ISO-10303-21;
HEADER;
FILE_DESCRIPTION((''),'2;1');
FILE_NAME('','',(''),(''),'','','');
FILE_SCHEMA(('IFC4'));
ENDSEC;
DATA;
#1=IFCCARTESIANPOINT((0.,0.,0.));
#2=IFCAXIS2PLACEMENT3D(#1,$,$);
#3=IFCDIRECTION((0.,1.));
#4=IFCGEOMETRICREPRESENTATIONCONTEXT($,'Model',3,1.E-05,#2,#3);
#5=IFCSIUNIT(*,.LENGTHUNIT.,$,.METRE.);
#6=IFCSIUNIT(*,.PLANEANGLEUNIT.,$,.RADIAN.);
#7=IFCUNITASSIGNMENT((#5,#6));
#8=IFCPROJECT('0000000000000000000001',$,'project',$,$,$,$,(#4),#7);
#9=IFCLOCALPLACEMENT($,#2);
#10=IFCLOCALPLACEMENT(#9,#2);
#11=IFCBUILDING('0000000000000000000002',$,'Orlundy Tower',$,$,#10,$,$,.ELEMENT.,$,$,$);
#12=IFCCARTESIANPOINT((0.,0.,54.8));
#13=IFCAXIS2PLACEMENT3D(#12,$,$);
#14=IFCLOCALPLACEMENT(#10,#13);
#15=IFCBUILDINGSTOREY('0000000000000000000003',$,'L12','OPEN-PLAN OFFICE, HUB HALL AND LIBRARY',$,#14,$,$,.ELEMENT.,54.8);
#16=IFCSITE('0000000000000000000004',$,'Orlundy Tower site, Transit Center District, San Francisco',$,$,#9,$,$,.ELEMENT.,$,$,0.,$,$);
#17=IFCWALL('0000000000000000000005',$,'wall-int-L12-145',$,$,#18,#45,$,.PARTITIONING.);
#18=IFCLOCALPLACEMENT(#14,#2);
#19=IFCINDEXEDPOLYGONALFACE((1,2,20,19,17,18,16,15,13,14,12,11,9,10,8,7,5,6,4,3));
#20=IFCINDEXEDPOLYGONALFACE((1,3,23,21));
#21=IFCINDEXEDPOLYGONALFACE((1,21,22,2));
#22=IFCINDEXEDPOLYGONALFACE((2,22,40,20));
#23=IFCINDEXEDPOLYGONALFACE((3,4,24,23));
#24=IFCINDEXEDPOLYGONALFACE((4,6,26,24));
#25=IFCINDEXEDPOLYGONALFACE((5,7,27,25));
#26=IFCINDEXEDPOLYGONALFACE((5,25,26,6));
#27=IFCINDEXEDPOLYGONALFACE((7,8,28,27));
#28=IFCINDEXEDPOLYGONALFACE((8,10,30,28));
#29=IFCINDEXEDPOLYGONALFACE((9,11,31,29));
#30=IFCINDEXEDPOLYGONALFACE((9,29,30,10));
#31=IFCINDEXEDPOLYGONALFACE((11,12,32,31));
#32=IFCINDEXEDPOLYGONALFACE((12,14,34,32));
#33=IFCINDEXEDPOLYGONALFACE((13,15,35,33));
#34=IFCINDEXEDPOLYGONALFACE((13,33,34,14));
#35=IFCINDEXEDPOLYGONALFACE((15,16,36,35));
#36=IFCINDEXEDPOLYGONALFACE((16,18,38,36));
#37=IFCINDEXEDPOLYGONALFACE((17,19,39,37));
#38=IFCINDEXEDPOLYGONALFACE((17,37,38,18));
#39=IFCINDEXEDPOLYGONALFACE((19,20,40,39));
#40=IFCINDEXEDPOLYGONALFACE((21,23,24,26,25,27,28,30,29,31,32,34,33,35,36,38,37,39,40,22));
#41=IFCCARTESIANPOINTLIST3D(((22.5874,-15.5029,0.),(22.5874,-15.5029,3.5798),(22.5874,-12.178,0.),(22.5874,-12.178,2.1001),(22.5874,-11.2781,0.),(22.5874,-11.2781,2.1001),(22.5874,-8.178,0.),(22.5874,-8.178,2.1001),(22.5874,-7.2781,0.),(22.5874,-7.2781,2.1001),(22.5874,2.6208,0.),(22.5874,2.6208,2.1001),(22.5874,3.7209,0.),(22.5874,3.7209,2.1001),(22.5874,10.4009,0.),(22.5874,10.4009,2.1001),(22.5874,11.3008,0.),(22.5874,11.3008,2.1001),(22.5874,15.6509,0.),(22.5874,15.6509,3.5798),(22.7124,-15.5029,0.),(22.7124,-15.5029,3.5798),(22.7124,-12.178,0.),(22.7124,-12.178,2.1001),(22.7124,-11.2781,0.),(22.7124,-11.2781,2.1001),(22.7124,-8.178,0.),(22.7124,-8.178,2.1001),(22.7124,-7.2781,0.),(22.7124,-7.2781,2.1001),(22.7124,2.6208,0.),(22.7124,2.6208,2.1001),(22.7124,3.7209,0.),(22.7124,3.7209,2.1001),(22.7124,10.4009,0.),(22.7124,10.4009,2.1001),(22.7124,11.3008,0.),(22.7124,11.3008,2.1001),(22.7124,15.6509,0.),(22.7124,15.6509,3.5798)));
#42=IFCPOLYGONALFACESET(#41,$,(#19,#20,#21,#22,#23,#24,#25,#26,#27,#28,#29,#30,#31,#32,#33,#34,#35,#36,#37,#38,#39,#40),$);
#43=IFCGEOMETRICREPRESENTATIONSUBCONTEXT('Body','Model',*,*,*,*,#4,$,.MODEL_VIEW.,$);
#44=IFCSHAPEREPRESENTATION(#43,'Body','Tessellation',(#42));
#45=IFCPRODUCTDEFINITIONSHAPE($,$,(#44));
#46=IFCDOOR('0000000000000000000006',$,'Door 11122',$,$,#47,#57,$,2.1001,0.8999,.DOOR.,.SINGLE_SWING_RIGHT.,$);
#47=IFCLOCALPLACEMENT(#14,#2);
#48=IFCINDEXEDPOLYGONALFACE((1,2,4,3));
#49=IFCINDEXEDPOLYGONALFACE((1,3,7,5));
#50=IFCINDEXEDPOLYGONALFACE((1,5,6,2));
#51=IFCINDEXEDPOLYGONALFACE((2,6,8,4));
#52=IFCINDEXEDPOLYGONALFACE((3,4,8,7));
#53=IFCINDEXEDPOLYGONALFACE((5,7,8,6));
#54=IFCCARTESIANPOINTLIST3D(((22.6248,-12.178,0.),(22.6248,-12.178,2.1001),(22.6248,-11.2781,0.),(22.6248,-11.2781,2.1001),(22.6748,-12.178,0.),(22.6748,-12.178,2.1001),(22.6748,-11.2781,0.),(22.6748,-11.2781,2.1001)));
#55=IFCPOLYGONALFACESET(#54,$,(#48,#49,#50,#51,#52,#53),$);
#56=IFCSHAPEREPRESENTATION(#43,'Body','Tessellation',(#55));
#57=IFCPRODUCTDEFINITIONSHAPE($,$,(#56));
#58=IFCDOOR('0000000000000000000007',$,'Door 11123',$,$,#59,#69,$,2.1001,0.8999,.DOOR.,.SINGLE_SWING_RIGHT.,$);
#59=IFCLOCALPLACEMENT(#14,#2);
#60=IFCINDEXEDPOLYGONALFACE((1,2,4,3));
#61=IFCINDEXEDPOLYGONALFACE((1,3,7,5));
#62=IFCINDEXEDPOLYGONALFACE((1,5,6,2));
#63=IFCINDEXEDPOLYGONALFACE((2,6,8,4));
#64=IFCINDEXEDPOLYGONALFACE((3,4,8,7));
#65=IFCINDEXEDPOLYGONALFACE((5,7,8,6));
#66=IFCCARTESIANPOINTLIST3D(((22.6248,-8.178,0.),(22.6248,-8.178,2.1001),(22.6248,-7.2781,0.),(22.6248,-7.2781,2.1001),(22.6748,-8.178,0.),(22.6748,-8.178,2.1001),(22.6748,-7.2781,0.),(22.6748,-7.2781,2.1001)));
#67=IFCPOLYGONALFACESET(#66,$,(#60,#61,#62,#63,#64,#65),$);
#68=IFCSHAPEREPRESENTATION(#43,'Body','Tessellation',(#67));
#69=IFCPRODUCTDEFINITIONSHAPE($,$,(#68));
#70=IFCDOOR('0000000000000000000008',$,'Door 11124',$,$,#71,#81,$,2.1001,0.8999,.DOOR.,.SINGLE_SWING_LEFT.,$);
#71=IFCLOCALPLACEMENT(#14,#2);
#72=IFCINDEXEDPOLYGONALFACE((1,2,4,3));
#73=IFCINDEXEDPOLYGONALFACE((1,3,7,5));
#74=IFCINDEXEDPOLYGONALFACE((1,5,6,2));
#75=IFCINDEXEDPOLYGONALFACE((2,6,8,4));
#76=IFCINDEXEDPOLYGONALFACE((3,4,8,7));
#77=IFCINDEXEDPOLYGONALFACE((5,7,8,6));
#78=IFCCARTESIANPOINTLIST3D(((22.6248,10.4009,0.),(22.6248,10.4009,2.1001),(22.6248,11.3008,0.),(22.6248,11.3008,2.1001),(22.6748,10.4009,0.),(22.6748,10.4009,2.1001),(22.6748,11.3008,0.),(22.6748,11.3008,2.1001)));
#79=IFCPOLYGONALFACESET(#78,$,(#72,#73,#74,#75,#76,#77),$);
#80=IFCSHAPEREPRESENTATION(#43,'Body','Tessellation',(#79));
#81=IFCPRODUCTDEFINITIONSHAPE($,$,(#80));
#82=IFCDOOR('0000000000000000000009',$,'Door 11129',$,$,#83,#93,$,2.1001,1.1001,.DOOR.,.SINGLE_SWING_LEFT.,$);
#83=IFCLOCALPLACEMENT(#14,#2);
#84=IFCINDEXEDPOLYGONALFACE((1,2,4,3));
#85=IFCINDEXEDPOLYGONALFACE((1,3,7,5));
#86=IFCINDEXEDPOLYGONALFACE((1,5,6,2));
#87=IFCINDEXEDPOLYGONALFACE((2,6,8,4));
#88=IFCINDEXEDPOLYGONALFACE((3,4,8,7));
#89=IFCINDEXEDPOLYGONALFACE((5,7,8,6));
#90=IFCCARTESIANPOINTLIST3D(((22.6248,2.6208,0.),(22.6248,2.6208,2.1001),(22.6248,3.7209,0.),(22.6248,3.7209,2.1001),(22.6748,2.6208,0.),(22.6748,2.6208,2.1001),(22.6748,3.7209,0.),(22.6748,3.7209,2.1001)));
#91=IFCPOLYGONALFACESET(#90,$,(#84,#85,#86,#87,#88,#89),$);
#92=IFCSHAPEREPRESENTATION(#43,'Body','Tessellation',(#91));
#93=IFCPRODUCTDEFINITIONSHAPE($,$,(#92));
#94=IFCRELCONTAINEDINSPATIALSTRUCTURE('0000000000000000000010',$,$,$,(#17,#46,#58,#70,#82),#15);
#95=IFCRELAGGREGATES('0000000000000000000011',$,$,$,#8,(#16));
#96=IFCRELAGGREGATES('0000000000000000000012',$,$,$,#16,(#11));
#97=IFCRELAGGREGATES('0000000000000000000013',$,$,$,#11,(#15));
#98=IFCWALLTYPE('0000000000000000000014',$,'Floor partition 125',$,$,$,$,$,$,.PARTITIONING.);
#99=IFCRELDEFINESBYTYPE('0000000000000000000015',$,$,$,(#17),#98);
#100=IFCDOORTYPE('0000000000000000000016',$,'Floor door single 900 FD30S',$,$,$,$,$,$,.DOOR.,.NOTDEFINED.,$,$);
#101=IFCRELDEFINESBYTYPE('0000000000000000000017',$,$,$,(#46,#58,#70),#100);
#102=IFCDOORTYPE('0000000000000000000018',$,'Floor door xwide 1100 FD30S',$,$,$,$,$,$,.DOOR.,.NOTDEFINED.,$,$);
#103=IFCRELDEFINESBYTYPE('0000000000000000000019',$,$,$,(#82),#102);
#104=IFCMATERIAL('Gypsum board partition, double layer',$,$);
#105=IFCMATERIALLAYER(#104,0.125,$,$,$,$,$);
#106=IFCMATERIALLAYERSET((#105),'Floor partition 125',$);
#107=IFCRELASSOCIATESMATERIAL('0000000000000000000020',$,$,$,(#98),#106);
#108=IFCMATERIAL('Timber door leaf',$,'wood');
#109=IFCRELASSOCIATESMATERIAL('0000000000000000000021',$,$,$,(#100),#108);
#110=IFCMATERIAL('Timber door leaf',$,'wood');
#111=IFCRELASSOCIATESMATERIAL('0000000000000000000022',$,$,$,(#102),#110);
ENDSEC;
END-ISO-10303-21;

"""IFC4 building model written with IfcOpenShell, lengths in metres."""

from ifc_helpers import new_model, si_unit, direction, frame, frame_2d, origin, place, context, subcontext, project, spatial, rectangle, extrude, material, layer, layer_set, type_object, element, fill, save


model = new_model("IFC4")

# Units and contexts
model_context = context("Model", 3, precision=1e-05, world=origin(), true_north=direction((0.0, 1.0)))
body_context = subcontext(model_context, "Body", "Model", "MODEL_VIEW")
ifc_project = project(units=[si_unit("LENGTHUNIT", "METRE"), si_unit("PLANEANGLEUNIT", "RADIAN")], contexts=[model_context])

# Site, building, storey
site_placement = place(None, origin())
site = spatial("IfcSite", under=ifc_project, at=site_placement, Name="Orlundy Tower site, Transit Center District, San Francisco", CompositionType="ELEMENT", RefElevation=0.0)
building_placement = place(site_placement, origin())
building = spatial("IfcBuilding", under=site, at=building_placement, Name="Orlundy Tower", CompositionType="ELEMENT")
storey_placement = place(building_placement, frame((0.0, 0.0, 54.8)))
storey = spatial("IfcBuildingStorey", under=building, at=storey_placement, Name="L12", Description="OPEN-PLAN OFFICE, HUB HALL AND LIBRARY", CompositionType="ELEMENT", Elevation=54.8)

# Wall, openings, doors
ifc_material_1 = material(Name="Gypsum board partition, double layer")
ifc_layer_1 = layer(ifc_material_1, 0.125)
ifc_layer_set_1 = layer_set([ifc_layer_1], Name="Floor partition 125")
wall_type_1 = type_object("IfcWallType", Name="Floor partition 125", PredefinedType="PARTITIONING", material=ifc_layer_set_1)
wall_1_placement = place(storey_placement, frame((22.6499, 15.6509, 0.0), z_axis=(0.0, 0.0, 1.0), x_axis=(0.0, -1.0, 0.0)))
wall_1 = element("IfcWall", 1, at=wall_1_placement, inside=storey, type_object=wall_type_1, Name="wall-int-L12-145", PredefinedType="PARTITIONING", context=body_context, shape_type="SweptSolid", body=[
    extrude(rectangle(XDim=31.1538, YDim=0.125, at=frame_2d((15.5769, 0.0))), origin(), (0.0, 0.0, 1.0), 3.5798),
])
opening_1_placement = place(wall_1_placement, frame((26.929, 0.0, 0.0)))
opening_1 = element("IfcOpeningElement", 2, at=opening_1_placement, cuts=wall_1, PredefinedType="OPENING", context=body_context, shape_type="SweptSolid", body=[
    extrude(rectangle(XDim=0.8999, YDim=2.1001, at=frame_2d((0.45, 1.05))), frame((0.0, 0.0725, 0.0), z_axis=(0.0, -1.0, 0.0), x_axis=(1.0, 0.0, 0.0)), (0.0, 0.0, 1.0), 0.145),
])
opening_2_placement = place(wall_1_placement, frame((22.929, 0.0, 0.0)))
opening_2 = element("IfcOpeningElement", 3, at=opening_2_placement, cuts=wall_1, PredefinedType="OPENING", context=body_context, shape_type="SweptSolid", body=[
    extrude(rectangle(XDim=0.8999, YDim=2.1001, at=frame_2d((0.45, 1.05))), frame((0.0, 0.0725, 0.0), z_axis=(0.0, -1.0, 0.0), x_axis=(1.0, 0.0, 0.0)), (0.0, 0.0, 1.0), 0.145),
])
opening_3_placement = place(wall_1_placement, frame((4.3501, 0.0, 0.0)))
opening_3 = element("IfcOpeningElement", 4, at=opening_3_placement, cuts=wall_1, PredefinedType="OPENING", context=body_context, shape_type="SweptSolid", body=[
    extrude(rectangle(XDim=0.8999, YDim=2.1001, at=frame_2d((0.45, 1.05))), frame((0.0, 0.0725, 0.0), z_axis=(0.0, -1.0, 0.0), x_axis=(1.0, 0.0, 0.0)), (0.0, 0.0, 1.0), 0.145),
])
opening_4_placement = place(wall_1_placement, frame((11.9299, 0.0, 0.0)))
opening_4 = element("IfcOpeningElement", 5, at=opening_4_placement, cuts=wall_1, PredefinedType="OPENING", context=body_context, shape_type="SweptSolid", body=[
    extrude(rectangle(XDim=1.1001, YDim=2.1001, at=frame_2d((0.55, 1.05))), frame((0.0, 0.0725, 0.0), z_axis=(0.0, -1.0, 0.0), x_axis=(1.0, 0.0, 0.0)), (0.0, 0.0, 1.0), 0.145),
])
ifc_material_2 = material(Name="Timber door leaf", Category="wood")
door_type_1 = type_object("IfcDoorType", Name="Floor door single 900 FD30S", OperationType="NOTDEFINED", PredefinedType="DOOR", material=ifc_material_2)
door_1_placement = place(opening_1_placement, origin())
door_1 = element("IfcDoor", 6, at=door_1_placement, inside=storey, type_object=door_type_1, Name="Door 11122", OperationType="SINGLE_SWING_RIGHT", OverallHeight=2.1001, OverallWidth=0.8999, PredefinedType="DOOR", context=body_context, shape_type="SweptSolid", body=[
    extrude(rectangle(XDim=0.8999, YDim=2.1001, at=frame_2d((0.45, 1.05))), frame((0.0, 0.0249, 0.0), z_axis=(0.0, -1.0, 0.0), x_axis=(1.0, 0.0, 0.0)), (0.0, 0.0, 1.0), 0.05),
])
fill(opening_1, door_1)
door_2_placement = place(opening_2_placement, origin())
door_2 = element("IfcDoor", 7, at=door_2_placement, inside=storey, type_object=door_type_1, Name="Door 11123", OperationType="SINGLE_SWING_RIGHT", OverallHeight=2.1001, OverallWidth=0.8999, PredefinedType="DOOR", context=body_context, shape_type="SweptSolid", body=[
    extrude(rectangle(XDim=0.8999, YDim=2.1001, at=frame_2d((0.45, 1.05))), frame((0.0, 0.0249, 0.0), z_axis=(0.0, -1.0, 0.0), x_axis=(1.0, 0.0, 0.0)), (0.0, 0.0, 1.0), 0.05),
])
fill(opening_2, door_2)
door_3_placement = place(opening_3_placement, origin())
door_3 = element("IfcDoor", 8, at=door_3_placement, inside=storey, type_object=door_type_1, Name="Door 11124", OperationType="SINGLE_SWING_LEFT", OverallHeight=2.1001, OverallWidth=0.8999, PredefinedType="DOOR", context=body_context, shape_type="SweptSolid", body=[
    extrude(rectangle(XDim=0.8999, YDim=2.1001, at=frame_2d((0.45, 1.05))), frame((0.0, 0.0249, 0.0), z_axis=(0.0, -1.0, 0.0), x_axis=(1.0, 0.0, 0.0)), (0.0, 0.0, 1.0), 0.05),
])
fill(opening_3, door_3)
ifc_material_3 = material(Name="Timber door leaf", Category="wood")
door_type_2 = type_object("IfcDoorType", Name="Floor door xwide 1100 FD30S", OperationType="NOTDEFINED", PredefinedType="DOOR", material=ifc_material_3)
door_4_placement = place(opening_4_placement, origin())
door_4 = element("IfcDoor", 9, at=door_4_placement, inside=storey, type_object=door_type_2, Name="Door 11129", OperationType="SINGLE_SWING_LEFT", OverallHeight=2.1001, OverallWidth=1.1001, PredefinedType="DOOR", context=body_context, shape_type="SweptSolid", body=[
    extrude(rectangle(XDim=1.1001, YDim=2.1001, at=frame_2d((0.55, 1.05))), frame((0.0, 0.0249, 0.0), z_axis=(0.0, -1.0, 0.0), x_axis=(1.0, 0.0, 0.0)), (0.0, 0.0, 1.0), 0.05),
])
fill(opening_4, door_4)

save(model, "model.ifc")
